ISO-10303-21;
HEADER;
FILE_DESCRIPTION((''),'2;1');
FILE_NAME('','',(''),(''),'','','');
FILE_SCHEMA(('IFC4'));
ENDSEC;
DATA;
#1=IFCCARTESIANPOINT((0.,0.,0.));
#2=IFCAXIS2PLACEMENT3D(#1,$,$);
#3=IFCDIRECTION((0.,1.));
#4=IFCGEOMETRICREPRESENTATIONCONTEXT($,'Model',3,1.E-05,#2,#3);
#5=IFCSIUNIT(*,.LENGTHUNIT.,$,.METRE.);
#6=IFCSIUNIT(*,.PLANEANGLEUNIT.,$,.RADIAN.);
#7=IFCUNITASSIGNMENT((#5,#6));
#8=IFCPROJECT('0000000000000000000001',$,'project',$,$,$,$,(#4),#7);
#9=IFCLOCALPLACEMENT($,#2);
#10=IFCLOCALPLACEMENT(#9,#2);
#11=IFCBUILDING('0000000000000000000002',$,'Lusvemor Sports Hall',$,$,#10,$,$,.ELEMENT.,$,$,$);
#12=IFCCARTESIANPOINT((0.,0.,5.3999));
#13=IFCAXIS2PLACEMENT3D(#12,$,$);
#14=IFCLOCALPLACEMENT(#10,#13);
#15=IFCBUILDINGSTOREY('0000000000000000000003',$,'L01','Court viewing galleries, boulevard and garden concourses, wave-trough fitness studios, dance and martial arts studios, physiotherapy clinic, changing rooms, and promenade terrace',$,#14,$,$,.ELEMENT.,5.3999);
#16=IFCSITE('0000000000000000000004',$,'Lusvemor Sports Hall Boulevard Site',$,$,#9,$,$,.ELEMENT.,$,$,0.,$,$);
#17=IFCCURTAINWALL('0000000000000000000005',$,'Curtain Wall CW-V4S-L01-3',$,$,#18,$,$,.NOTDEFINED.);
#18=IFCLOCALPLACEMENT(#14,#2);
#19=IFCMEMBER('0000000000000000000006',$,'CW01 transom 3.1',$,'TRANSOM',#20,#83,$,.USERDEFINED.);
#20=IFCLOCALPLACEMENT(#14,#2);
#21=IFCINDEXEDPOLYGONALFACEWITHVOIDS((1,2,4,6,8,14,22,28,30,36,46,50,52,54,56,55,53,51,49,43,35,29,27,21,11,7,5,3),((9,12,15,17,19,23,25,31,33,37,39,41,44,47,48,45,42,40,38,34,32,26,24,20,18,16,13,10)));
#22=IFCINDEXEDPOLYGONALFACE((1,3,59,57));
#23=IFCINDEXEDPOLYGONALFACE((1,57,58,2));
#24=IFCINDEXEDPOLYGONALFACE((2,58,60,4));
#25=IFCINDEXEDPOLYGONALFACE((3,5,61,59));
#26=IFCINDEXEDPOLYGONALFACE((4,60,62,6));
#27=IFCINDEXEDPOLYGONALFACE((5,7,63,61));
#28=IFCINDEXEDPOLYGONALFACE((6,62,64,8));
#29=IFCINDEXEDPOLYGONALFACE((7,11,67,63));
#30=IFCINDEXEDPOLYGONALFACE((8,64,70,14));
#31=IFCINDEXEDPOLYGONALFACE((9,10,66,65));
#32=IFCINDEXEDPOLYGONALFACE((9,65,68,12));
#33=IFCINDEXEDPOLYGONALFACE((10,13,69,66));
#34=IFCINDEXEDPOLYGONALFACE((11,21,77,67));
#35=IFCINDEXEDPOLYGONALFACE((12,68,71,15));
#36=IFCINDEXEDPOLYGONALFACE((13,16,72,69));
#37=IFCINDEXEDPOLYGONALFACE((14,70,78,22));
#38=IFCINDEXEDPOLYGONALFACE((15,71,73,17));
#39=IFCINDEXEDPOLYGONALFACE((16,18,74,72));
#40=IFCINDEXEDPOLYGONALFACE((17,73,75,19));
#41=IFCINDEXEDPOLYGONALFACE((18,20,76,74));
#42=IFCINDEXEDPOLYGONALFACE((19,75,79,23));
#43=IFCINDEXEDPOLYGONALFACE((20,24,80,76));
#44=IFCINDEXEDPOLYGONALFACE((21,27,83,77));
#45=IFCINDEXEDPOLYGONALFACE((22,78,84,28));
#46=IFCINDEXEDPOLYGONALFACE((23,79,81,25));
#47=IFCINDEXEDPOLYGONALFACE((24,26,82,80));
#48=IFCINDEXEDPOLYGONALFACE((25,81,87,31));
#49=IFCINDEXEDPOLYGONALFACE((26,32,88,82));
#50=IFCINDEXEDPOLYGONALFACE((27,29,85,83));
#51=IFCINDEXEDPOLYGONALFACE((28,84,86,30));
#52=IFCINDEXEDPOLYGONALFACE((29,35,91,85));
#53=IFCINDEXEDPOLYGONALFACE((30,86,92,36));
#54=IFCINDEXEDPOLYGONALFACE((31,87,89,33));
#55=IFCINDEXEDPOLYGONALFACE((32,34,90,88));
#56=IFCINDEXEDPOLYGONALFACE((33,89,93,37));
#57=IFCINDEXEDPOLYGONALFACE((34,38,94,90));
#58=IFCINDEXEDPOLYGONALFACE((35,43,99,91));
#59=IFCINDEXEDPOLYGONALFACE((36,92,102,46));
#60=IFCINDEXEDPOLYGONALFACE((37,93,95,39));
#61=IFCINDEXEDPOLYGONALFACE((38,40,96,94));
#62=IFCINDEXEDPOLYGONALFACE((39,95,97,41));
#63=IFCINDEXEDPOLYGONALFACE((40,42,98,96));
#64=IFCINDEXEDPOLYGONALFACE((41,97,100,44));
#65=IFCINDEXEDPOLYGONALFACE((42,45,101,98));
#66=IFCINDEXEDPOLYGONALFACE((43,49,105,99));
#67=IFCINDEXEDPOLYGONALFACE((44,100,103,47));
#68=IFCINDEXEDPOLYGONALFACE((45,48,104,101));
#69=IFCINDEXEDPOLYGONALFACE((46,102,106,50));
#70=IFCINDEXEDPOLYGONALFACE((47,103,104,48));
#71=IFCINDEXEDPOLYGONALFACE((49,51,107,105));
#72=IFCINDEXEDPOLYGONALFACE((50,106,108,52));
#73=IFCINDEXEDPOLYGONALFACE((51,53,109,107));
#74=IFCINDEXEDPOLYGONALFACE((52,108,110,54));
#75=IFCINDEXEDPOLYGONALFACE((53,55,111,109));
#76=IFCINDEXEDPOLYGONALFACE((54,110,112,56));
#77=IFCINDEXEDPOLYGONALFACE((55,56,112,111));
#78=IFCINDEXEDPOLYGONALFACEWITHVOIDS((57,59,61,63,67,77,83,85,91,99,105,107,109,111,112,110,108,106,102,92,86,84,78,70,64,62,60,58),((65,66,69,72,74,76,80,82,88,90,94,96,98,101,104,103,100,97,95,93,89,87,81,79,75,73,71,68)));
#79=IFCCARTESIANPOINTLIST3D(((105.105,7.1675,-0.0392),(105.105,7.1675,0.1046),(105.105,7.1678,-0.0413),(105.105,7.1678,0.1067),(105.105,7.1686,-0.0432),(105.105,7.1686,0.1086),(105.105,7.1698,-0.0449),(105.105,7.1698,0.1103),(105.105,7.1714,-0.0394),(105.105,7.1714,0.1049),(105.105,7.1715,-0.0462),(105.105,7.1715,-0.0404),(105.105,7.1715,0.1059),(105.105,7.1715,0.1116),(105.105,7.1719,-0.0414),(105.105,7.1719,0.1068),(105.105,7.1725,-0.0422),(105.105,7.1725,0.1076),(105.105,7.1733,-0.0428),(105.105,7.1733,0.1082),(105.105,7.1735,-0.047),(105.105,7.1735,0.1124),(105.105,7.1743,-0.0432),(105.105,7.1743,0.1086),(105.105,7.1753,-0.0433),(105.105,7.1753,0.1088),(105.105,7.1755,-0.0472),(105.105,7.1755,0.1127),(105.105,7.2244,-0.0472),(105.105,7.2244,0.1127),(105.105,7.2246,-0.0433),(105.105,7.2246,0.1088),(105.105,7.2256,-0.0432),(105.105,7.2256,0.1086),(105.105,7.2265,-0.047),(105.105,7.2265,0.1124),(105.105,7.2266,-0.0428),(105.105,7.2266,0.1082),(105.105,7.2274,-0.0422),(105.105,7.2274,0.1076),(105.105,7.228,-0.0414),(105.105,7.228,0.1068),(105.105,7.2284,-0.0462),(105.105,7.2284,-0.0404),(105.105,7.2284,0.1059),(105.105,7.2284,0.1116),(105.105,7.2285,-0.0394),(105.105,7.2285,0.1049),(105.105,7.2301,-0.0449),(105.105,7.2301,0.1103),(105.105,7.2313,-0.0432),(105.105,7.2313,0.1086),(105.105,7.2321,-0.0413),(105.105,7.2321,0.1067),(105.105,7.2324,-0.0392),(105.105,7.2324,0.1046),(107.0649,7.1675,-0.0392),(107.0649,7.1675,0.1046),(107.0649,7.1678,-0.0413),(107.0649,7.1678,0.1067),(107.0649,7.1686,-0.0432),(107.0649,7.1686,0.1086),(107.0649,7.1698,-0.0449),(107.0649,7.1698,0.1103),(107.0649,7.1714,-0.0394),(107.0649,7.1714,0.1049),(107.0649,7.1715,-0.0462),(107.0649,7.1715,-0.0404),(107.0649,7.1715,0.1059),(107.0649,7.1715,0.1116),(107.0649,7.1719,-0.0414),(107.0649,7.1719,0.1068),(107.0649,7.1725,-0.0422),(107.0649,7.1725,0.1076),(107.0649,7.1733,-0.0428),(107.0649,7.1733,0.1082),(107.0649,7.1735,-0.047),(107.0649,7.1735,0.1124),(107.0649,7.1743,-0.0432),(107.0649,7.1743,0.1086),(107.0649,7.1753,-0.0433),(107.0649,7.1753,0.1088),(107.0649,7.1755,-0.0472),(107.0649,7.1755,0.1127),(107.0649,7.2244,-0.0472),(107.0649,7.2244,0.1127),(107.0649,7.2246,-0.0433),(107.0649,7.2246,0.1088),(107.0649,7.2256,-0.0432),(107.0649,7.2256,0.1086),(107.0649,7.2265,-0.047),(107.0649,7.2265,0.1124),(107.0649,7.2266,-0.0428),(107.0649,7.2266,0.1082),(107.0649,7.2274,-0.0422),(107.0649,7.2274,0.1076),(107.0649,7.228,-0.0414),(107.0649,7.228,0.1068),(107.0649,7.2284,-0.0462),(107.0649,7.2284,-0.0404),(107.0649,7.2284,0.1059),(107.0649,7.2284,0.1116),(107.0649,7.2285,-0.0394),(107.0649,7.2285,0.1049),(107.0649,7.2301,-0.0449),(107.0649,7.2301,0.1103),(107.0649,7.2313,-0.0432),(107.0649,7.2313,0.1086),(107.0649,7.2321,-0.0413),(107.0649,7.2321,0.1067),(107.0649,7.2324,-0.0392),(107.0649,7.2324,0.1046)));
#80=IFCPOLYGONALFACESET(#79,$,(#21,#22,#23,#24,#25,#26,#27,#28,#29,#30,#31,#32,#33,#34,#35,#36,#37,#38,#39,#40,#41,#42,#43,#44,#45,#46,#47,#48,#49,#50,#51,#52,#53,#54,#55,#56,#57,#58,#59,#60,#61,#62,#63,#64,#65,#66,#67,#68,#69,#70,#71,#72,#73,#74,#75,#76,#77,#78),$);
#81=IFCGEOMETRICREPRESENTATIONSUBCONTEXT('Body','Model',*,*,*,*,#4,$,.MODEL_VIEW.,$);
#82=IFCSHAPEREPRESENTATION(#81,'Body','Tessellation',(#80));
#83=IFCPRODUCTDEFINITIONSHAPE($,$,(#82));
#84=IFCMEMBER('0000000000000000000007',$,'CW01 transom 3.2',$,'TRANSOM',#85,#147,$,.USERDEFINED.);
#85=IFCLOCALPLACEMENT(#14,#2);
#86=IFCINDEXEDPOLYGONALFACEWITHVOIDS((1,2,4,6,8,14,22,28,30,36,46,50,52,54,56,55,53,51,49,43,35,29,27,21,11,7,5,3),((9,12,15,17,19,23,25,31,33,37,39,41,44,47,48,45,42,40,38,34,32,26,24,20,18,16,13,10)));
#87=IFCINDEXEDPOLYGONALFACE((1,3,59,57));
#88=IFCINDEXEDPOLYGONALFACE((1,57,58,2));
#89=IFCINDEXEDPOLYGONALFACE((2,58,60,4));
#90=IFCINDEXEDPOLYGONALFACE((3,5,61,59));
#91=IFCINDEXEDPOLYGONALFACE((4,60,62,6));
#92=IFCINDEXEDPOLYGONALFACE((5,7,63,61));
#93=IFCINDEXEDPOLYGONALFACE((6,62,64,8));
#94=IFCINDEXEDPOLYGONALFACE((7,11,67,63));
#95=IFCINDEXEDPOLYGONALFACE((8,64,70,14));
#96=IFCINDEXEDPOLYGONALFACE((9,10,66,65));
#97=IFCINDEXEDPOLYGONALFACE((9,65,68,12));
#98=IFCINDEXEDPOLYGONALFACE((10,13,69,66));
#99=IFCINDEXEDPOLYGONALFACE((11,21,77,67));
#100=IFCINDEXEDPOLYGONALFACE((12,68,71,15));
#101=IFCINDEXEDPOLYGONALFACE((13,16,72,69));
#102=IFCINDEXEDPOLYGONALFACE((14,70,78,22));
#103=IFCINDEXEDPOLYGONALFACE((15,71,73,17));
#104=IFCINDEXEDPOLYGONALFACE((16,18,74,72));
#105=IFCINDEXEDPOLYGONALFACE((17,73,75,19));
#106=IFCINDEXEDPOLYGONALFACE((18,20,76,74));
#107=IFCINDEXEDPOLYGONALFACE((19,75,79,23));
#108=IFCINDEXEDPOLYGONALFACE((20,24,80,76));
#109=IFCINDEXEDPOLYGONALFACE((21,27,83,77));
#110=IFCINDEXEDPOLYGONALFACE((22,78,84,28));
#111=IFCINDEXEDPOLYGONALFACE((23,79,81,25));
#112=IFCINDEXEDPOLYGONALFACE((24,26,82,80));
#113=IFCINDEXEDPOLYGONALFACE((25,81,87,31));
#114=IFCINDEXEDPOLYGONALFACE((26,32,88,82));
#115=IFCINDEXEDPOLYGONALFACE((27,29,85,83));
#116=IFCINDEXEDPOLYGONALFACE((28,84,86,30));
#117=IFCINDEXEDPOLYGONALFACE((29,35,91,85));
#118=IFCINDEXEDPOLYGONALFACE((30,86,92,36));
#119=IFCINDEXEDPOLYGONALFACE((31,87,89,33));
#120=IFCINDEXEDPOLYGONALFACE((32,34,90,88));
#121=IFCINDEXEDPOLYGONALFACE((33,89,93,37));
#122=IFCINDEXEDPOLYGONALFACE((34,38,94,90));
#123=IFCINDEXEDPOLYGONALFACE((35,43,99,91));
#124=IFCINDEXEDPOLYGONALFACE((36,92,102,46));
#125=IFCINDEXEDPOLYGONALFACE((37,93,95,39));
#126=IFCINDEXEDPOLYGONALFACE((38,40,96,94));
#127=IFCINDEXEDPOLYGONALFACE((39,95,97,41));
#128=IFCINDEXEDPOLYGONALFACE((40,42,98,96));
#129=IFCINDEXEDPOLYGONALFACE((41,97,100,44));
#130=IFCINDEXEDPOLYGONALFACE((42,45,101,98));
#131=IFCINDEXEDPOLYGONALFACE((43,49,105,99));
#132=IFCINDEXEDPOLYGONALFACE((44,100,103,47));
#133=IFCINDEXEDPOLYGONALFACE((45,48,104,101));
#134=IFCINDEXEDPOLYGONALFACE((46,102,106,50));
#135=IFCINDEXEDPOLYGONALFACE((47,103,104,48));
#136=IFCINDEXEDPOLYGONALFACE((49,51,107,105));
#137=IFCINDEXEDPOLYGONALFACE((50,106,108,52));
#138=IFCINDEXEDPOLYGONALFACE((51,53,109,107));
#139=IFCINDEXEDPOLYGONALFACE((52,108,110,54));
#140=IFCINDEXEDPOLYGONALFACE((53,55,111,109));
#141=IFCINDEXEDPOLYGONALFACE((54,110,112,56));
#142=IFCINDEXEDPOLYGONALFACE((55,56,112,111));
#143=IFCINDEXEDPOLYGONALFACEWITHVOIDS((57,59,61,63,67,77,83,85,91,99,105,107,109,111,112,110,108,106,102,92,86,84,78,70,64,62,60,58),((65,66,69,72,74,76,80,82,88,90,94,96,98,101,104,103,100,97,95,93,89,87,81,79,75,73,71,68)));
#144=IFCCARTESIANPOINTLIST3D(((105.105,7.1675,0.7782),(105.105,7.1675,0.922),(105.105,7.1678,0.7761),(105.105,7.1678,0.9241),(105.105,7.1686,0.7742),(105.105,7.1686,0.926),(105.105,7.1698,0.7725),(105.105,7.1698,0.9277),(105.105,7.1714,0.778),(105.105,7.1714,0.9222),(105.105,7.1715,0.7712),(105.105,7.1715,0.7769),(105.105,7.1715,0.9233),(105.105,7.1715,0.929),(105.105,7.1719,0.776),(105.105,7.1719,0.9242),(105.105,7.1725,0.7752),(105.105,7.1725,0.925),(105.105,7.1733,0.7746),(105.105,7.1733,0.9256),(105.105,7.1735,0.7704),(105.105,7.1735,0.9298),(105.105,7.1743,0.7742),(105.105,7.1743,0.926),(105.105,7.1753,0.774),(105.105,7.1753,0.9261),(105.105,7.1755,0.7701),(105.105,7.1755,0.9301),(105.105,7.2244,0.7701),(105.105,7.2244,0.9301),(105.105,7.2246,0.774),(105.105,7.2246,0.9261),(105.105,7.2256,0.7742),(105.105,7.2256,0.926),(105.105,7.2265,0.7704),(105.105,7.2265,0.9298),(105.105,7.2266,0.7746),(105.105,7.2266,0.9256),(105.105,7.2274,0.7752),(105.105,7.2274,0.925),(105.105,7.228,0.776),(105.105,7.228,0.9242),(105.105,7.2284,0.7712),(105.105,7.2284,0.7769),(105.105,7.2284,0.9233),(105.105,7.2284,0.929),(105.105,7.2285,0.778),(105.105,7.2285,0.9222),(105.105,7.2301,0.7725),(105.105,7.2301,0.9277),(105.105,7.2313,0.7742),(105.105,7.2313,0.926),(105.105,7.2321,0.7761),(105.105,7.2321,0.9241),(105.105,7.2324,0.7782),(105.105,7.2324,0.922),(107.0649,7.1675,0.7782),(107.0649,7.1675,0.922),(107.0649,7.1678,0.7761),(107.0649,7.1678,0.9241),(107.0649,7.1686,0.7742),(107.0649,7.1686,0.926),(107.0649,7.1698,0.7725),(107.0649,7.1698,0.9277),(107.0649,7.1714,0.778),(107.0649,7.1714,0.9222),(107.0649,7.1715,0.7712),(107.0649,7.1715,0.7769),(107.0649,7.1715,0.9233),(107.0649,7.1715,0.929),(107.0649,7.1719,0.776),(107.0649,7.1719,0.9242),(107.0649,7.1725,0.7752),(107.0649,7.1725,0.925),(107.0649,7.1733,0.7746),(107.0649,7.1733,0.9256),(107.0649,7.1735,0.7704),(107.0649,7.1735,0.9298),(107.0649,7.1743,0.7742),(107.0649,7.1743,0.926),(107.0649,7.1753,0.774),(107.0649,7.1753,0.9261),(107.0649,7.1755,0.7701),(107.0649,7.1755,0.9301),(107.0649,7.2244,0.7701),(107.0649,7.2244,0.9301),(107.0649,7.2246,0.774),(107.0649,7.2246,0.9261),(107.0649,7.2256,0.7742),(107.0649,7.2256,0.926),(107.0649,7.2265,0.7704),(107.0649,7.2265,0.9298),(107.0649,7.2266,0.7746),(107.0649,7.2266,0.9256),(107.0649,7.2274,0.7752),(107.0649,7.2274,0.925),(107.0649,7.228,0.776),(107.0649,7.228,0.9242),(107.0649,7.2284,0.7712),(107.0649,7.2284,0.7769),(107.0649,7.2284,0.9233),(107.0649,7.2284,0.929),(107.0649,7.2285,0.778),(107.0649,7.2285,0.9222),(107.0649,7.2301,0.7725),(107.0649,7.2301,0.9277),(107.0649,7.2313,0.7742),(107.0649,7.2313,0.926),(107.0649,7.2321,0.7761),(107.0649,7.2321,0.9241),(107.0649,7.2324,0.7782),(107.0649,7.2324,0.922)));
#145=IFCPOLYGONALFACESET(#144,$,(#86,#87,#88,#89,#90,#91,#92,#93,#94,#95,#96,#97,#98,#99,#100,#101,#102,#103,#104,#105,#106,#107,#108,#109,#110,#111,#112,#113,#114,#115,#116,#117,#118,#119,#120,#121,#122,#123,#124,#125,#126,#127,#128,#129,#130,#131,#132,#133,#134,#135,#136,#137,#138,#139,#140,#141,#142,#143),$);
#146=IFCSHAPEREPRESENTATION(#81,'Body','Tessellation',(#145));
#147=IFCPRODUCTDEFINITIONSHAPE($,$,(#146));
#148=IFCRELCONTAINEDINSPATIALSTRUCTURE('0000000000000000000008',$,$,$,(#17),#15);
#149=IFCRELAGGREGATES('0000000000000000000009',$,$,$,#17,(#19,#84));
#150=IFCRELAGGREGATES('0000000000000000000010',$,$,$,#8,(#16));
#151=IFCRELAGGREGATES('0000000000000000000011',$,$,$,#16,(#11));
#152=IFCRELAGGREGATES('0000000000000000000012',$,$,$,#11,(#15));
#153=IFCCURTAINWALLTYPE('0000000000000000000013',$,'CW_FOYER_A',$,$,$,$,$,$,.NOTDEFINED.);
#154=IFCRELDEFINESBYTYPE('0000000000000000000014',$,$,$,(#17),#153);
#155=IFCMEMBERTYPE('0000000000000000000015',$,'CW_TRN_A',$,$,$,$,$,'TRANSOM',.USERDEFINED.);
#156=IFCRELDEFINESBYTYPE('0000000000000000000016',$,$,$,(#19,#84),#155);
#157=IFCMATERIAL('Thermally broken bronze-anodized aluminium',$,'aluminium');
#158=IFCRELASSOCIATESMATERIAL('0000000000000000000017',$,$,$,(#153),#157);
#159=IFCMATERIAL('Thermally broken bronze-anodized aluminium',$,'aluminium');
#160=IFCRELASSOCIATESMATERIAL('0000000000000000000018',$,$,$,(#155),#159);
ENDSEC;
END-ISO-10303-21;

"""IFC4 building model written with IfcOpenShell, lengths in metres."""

from ifc_helpers import new_model, si_unit, direction, frame, origin, origin_2d, place, context, subcontext, project, spatial, hollow_rectangle, extrude, material, material_profile, profile_set, type_object, element, aggregate, save


model = new_model("IFC4")

# Units and contexts
model_context = context("Model", 3, precision=1e-05, world=origin(), true_north=direction((0.0, 1.0)))
body_context = subcontext(model_context, "Body", "Model", "MODEL_VIEW")
ifc_project = project(units=[si_unit("LENGTHUNIT", "METRE"), si_unit("PLANEANGLEUNIT", "RADIAN")], contexts=[model_context])

# Site, building, storey
site_placement = place(None, origin())
site = spatial("IfcSite", under=ifc_project, at=site_placement, Name="Lusvemor Sports Hall Boulevard Site", CompositionType="ELEMENT", RefElevation=0.0)
building_placement = place(site_placement, origin())
building = spatial("IfcBuilding", under=site, at=building_placement, Name="Lusvemor Sports Hall", CompositionType="ELEMENT")
storey_placement = place(building_placement, frame((0.0, 0.0, 5.3999)))
storey = spatial("IfcBuildingStorey", under=building, at=storey_placement, Name="L01", Description="Court viewing galleries, boulevard and garden concourses, wave-trough fitness studios, dance and martial arts studios, physiotherapy clinic, changing rooms, and promenade terrace", CompositionType="ELEMENT", Elevation=5.3999)

# Curtain wall, members
ifc_material_1 = material(Name="Thermally broken bronze-anodized aluminium", Category="aluminium")
curtain_wall_type = type_object("IfcCurtainWallType", Name="CW_FOYER_A", PredefinedType="NOTDEFINED", material=ifc_material_1)
curtain_wall_placement = place(storey_placement, origin())
curtain_wall = element("IfcCurtainWall", 1, at=curtain_wall_placement, inside=storey, type_object=curtain_wall_type, Name="Curtain Wall CW-V4S-L01-3", PredefinedType="NOTDEFINED")
ifc_material_2 = material(Name="Thermally broken bronze-anodized aluminium", Category="aluminium")
ifc_material_profile_1 = material_profile(ifc_material_2, hollow_rectangle(XDim=0.0649, YDim=0.1599, WallThickness=0.0039, InnerFilletRadius=0.0039, OuterFilletRadius=0.0081, at=origin_2d()), Name="CWTRN160x65x4")
ifc_profile_set_1 = profile_set([ifc_material_profile_1], Name="Thermally broken bronze-anodized aluminium")
member_type_1 = type_object("IfcMemberType", Name="CW_TRN_A", ElementType="TRANSOM", PredefinedType="USERDEFINED", material=ifc_profile_set_1)
member_1_placement = place(storey_placement, frame((107.0649, 7.2, 0.0327), z_axis=(-1.0, 0.0, 0.0), x_axis=(0.0, -1.0, 0.0)))
member_1 = element("IfcMember", 2, at=member_1_placement, type_object=member_type_1, Name="CW01 transom 3.1", ObjectType="TRANSOM", PredefinedType="USERDEFINED", context=body_context, shape_type="SweptSolid", body=[
    extrude(hollow_rectangle(XDim=0.0649, YDim=0.1599, WallThickness=0.0039, InnerFilletRadius=0.0039, OuterFilletRadius=0.0081, at=origin_2d()), origin(), (0.0, 0.0, 1.0), 1.96),
])
member_2_placement = place(storey_placement, frame((107.0649, 7.2, 0.8501), z_axis=(-1.0, 0.0, 0.0), x_axis=(0.0, -1.0, 0.0)))
member_2 = element("IfcMember", 3, at=member_2_placement, type_object=member_type_1, Name="CW01 transom 3.2", ObjectType="TRANSOM", PredefinedType="USERDEFINED", context=body_context, shape_type="SweptSolid", body=[
    extrude(hollow_rectangle(XDim=0.0649, YDim=0.1599, WallThickness=0.0039, InnerFilletRadius=0.0039, OuterFilletRadius=0.0081, at=origin_2d()), origin(), (0.0, 0.0, 1.0), 1.96),
])
aggregate(curtain_wall, [member_1, member_2])

save(model, "model.ifc")
